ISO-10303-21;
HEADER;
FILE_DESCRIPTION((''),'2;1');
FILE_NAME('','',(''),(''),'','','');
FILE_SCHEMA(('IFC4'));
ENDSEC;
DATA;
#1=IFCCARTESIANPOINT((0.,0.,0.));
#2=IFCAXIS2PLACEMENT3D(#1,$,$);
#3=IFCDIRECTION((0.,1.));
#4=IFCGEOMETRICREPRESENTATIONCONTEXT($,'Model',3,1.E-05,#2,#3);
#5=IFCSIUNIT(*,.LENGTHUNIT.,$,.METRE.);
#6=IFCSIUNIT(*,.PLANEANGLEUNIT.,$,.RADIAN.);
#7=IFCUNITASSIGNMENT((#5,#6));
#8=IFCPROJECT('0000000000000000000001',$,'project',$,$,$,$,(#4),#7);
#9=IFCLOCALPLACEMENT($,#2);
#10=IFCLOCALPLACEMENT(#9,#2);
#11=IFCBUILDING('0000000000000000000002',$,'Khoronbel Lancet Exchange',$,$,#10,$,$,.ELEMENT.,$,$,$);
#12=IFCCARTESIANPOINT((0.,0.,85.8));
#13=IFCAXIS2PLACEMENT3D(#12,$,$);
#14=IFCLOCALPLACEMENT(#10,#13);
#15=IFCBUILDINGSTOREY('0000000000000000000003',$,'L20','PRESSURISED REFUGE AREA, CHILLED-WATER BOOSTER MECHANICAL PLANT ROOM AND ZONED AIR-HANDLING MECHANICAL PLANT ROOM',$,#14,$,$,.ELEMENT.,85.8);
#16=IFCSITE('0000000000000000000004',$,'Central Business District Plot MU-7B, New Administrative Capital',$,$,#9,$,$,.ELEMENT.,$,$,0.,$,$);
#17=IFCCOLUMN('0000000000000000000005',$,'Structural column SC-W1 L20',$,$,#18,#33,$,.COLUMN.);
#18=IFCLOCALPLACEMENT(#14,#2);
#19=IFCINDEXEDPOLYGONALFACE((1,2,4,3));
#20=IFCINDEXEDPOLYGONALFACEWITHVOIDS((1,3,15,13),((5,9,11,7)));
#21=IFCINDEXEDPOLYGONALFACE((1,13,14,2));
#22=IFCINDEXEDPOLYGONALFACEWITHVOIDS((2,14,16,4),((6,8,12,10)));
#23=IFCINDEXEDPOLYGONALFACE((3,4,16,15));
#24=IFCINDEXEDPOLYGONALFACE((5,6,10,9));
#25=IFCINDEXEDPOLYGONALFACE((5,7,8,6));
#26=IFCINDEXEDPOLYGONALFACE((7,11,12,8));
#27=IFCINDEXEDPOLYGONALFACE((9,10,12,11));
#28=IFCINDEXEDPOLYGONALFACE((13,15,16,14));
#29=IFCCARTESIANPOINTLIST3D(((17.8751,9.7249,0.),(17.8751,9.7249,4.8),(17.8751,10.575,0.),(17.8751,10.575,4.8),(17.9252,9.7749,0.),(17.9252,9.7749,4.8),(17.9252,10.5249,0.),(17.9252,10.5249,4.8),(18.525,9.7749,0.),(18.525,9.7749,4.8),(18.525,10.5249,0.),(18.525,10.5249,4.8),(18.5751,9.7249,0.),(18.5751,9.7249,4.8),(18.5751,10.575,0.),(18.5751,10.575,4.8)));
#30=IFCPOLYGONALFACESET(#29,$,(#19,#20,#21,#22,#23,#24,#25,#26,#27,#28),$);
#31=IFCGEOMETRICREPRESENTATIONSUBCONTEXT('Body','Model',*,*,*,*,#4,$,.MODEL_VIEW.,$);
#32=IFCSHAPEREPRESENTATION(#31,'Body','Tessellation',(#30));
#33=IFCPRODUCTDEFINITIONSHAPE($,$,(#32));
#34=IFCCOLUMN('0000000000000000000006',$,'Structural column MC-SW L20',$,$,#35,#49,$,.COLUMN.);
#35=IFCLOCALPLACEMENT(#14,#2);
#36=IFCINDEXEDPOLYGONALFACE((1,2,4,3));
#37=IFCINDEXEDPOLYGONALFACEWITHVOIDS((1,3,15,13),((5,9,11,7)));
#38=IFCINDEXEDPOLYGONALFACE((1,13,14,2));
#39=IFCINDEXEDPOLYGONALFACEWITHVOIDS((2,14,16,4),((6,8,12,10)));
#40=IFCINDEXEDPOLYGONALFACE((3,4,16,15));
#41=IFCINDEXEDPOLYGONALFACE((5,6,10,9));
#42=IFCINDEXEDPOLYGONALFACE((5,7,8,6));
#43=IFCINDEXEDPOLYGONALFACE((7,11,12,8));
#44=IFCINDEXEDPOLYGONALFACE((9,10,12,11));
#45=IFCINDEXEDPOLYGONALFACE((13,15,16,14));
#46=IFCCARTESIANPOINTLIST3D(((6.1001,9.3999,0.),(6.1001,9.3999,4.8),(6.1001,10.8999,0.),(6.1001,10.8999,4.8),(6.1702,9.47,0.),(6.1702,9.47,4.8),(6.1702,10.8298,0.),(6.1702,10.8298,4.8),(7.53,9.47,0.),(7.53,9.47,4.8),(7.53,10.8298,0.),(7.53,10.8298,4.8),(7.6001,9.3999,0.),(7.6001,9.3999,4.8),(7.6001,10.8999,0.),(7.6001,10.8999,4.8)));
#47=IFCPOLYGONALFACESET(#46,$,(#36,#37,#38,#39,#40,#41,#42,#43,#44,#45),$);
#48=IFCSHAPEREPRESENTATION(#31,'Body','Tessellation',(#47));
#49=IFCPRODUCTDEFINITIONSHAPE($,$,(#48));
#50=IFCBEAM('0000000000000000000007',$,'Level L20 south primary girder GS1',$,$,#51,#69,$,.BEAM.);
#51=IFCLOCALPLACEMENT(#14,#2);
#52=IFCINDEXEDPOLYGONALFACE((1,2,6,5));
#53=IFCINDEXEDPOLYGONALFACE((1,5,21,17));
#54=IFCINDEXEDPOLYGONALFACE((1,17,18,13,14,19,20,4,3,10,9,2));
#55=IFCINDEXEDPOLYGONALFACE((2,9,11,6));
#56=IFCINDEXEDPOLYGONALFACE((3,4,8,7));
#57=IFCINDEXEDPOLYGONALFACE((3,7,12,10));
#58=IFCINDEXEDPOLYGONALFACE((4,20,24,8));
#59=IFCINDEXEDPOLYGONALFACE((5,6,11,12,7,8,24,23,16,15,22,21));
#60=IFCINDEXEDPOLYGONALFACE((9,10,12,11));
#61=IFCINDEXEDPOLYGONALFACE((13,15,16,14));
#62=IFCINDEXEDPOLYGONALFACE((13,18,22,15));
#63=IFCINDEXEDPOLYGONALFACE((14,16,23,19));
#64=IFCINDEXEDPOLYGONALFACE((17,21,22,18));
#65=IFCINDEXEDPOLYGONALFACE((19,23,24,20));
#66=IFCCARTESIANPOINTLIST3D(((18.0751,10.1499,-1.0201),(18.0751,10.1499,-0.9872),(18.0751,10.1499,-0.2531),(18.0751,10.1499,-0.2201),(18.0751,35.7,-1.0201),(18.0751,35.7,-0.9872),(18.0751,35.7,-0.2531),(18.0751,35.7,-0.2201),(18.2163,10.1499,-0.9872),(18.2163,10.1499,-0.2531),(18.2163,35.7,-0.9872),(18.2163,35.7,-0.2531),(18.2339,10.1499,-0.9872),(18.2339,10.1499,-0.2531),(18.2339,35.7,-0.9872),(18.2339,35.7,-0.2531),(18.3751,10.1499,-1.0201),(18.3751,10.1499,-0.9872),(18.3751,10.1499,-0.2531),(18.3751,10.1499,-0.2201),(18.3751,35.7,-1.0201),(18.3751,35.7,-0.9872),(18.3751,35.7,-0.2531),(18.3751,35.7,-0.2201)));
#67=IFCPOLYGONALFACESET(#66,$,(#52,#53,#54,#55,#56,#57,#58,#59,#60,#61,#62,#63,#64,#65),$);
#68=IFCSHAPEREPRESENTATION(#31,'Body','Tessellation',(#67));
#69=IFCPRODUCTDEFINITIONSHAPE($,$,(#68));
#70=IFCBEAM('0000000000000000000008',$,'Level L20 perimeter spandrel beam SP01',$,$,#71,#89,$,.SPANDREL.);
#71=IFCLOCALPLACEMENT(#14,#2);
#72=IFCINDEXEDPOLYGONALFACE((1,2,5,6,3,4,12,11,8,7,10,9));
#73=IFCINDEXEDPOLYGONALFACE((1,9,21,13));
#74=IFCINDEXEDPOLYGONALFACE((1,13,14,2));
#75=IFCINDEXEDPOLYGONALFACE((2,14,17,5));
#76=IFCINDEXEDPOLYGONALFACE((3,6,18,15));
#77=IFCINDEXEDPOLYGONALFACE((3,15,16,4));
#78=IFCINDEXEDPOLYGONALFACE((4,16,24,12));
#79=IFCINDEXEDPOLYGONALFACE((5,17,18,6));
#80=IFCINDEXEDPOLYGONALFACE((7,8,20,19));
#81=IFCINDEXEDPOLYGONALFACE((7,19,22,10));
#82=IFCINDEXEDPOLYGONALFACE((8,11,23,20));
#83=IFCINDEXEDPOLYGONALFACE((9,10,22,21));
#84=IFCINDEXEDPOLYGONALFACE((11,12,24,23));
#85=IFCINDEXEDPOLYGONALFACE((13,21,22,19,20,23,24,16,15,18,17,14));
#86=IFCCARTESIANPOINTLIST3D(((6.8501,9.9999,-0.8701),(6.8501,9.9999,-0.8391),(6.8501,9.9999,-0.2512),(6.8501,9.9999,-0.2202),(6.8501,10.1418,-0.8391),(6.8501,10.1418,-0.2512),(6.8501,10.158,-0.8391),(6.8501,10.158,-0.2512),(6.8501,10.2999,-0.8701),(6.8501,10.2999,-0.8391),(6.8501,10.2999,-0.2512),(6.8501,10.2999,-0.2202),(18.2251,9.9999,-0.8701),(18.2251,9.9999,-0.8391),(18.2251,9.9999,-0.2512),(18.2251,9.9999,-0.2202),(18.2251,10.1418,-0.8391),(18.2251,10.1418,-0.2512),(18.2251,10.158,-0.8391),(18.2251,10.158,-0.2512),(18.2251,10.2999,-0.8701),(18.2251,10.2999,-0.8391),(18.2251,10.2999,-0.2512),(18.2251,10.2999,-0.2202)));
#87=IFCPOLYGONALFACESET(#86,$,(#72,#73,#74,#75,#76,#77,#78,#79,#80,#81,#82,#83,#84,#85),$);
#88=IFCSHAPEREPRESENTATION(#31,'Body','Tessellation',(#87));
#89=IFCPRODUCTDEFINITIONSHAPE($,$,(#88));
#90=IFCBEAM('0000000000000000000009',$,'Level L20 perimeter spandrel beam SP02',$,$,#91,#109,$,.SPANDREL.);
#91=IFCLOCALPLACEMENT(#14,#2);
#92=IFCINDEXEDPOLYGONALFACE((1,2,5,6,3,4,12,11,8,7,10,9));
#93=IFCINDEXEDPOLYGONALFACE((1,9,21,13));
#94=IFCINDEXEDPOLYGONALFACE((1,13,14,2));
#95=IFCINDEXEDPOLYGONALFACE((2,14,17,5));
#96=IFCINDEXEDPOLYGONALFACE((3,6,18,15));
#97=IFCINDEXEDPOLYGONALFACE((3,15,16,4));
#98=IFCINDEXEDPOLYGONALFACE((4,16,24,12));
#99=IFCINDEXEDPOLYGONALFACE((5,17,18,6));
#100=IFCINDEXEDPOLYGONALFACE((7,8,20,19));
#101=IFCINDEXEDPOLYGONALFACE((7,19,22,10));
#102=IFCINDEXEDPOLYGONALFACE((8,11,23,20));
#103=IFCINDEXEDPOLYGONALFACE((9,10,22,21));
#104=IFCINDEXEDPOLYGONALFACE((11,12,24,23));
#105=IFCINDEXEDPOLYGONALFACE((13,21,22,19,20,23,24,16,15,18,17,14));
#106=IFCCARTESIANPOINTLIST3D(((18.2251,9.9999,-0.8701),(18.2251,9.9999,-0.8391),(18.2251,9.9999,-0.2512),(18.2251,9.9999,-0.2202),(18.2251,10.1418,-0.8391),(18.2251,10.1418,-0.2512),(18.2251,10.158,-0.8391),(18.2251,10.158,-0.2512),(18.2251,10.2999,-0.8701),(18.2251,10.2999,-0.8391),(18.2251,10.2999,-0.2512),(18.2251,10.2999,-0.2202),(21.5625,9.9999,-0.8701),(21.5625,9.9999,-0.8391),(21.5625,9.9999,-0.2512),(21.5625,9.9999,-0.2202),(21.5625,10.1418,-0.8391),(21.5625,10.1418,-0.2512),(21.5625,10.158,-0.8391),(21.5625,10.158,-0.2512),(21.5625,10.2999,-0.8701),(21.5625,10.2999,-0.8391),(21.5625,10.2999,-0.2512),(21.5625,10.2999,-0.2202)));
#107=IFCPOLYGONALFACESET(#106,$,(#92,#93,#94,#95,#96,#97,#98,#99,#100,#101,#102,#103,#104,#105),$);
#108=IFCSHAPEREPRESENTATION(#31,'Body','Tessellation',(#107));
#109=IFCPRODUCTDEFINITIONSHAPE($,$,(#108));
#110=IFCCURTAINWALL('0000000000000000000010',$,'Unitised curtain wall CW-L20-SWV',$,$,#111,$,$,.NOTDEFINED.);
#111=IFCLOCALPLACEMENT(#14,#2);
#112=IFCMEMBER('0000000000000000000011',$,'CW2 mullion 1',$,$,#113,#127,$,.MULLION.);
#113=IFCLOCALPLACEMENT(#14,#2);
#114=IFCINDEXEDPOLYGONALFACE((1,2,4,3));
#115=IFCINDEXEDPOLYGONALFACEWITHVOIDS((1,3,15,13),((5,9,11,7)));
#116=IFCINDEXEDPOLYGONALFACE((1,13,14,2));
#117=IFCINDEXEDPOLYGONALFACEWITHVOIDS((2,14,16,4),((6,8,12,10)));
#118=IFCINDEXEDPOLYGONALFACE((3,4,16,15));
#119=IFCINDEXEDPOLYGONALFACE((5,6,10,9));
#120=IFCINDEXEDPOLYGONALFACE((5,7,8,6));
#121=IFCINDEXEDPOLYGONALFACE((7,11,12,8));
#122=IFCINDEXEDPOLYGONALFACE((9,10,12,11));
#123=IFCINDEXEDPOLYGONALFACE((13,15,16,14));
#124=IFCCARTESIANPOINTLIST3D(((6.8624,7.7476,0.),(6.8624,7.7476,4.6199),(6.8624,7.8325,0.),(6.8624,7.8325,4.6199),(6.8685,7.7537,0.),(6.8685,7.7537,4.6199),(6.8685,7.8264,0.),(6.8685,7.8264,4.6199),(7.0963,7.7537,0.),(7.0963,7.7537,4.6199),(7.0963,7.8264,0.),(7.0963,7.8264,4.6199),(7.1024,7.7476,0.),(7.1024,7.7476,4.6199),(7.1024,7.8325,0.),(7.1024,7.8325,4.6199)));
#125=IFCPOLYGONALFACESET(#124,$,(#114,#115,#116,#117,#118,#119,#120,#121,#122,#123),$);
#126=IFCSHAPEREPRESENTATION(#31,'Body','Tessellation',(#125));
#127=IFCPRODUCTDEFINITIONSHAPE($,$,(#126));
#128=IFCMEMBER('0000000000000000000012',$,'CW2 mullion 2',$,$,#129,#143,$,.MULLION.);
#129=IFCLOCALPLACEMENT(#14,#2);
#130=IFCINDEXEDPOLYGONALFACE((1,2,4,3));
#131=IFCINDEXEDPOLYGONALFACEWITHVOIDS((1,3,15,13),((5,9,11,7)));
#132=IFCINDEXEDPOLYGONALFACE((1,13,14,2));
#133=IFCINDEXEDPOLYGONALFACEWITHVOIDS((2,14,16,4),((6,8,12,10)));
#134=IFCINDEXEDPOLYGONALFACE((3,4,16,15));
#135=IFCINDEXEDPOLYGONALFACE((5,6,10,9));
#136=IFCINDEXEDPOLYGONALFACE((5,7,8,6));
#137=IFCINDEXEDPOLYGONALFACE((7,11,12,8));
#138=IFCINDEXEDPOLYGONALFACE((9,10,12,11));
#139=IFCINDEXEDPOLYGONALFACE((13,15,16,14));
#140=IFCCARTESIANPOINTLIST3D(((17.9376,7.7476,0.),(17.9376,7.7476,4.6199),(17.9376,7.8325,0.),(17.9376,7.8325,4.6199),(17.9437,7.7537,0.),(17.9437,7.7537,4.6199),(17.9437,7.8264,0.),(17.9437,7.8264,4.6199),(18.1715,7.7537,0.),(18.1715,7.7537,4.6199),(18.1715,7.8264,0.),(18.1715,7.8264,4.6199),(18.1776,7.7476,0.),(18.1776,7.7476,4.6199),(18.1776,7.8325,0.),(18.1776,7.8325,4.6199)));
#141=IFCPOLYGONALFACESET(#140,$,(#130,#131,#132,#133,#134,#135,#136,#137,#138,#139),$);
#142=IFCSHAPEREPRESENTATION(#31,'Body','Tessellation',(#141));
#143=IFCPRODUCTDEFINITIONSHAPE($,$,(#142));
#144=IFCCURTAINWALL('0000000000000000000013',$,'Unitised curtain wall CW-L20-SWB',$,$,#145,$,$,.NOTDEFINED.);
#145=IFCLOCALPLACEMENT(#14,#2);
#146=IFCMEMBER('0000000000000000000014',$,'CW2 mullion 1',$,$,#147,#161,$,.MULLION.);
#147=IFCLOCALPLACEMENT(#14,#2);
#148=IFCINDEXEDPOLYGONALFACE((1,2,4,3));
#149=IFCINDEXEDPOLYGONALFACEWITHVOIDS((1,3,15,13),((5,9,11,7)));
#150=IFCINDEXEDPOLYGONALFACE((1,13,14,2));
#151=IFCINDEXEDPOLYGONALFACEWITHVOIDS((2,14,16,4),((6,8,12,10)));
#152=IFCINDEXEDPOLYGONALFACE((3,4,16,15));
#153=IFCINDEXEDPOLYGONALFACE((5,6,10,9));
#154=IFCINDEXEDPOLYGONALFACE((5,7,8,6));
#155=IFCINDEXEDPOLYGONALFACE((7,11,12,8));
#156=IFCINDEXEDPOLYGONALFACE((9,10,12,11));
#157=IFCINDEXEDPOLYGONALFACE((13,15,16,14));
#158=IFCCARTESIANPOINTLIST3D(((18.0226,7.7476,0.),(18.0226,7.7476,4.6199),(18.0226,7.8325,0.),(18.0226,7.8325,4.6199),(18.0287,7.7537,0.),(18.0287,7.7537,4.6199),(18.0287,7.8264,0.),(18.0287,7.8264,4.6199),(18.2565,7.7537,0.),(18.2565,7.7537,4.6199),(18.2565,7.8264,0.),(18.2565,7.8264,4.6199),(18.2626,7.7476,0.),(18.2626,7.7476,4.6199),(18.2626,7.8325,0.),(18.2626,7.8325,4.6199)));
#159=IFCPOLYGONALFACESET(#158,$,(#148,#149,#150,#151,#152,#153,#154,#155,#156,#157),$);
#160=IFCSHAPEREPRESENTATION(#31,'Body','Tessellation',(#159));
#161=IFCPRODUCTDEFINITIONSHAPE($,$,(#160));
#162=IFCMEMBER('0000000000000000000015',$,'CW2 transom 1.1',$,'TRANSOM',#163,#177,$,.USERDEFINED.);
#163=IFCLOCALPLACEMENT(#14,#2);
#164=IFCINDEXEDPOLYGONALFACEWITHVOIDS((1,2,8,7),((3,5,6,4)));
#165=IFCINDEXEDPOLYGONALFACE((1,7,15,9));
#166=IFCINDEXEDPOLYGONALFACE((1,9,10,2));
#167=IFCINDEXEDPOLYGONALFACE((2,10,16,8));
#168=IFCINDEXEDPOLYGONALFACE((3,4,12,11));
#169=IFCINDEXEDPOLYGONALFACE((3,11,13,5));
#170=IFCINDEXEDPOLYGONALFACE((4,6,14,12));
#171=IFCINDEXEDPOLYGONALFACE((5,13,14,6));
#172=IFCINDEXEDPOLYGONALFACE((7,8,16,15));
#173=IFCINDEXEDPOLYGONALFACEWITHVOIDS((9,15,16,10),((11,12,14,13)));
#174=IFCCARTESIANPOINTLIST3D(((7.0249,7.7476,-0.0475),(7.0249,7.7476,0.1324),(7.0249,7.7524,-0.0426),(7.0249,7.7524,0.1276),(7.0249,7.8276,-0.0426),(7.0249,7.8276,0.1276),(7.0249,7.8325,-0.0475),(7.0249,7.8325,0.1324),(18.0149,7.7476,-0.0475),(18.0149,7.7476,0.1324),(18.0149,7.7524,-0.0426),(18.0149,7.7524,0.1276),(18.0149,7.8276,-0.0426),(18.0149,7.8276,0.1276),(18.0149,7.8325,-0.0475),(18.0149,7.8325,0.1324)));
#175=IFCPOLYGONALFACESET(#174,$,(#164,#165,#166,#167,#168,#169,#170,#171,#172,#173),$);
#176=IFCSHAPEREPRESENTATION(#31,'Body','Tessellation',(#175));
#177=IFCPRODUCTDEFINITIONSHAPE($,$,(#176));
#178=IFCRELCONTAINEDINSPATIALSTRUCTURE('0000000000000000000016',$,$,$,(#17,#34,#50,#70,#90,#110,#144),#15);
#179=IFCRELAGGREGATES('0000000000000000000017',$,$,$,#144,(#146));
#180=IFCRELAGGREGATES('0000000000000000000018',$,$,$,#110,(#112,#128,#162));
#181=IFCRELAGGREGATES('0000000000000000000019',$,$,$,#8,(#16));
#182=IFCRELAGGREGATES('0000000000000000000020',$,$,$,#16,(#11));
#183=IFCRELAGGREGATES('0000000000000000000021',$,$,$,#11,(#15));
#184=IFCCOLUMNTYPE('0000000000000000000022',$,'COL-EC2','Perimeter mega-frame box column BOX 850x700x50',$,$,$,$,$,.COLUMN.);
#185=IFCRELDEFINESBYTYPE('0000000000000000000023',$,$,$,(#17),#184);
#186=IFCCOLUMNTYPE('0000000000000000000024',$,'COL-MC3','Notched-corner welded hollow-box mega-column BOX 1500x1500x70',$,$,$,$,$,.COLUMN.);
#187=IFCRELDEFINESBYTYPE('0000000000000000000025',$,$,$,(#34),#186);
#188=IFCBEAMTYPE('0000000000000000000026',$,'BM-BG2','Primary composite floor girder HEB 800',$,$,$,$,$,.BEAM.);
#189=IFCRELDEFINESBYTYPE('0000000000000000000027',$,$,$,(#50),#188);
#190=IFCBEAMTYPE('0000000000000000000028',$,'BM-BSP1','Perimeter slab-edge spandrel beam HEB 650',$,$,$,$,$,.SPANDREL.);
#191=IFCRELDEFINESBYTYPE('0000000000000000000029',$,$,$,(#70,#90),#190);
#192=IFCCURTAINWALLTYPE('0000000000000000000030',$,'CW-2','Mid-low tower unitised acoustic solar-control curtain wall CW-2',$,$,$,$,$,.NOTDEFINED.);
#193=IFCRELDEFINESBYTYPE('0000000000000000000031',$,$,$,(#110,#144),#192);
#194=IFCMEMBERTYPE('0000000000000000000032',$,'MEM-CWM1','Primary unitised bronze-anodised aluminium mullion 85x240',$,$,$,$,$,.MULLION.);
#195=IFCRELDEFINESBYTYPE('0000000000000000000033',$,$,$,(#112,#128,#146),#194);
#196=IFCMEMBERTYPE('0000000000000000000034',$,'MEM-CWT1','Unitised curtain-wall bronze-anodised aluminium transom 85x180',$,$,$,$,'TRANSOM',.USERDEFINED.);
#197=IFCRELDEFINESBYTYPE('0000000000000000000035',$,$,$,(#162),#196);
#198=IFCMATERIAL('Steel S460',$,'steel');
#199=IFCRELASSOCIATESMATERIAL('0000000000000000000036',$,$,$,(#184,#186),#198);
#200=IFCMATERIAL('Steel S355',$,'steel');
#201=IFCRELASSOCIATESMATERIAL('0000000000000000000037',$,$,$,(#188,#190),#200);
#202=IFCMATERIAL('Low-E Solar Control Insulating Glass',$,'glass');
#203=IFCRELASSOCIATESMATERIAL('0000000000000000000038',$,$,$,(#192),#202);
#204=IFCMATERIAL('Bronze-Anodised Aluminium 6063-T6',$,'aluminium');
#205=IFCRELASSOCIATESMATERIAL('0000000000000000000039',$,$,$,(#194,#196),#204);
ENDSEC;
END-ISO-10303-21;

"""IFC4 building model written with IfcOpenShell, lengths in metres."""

from ifc_helpers import new_model, si_unit, direction, frame, origin, origin_2d, place, context, subcontext, project, spatial, hollow_rectangle, i_section, extrude, material, material_profile, profile_set, type_object, element, aggregate, save


model = new_model("IFC4")

# Units and contexts
model_context = context("Model", 3, precision=1e-05, world=origin(), true_north=direction((0.0, 1.0)))
body_context = subcontext(model_context, "Body", "Model", "MODEL_VIEW")
ifc_project = project(units=[si_unit("LENGTHUNIT", "METRE"), si_unit("PLANEANGLEUNIT", "RADIAN")], contexts=[model_context])

# Site, building, storey
site_placement = place(None, origin())
site = spatial("IfcSite", under=ifc_project, at=site_placement, Name="Central Business District Plot MU-7B, New Administrative Capital", CompositionType="ELEMENT", RefElevation=0.0)
building_placement = place(site_placement, origin())
building = spatial("IfcBuilding", under=site, at=building_placement, Name="Khoronbel Lancet Exchange", CompositionType="ELEMENT")
storey_placement = place(building_placement, frame((0.0, 0.0, 85.8)))
storey = spatial("IfcBuildingStorey", under=building, at=storey_placement, Name="L20", Description="PRESSURISED REFUGE AREA, CHILLED-WATER BOOSTER MECHANICAL PLANT ROOM AND ZONED AIR-HANDLING MECHANICAL PLANT ROOM", CompositionType="ELEMENT", Elevation=85.8)

# Columns
ifc_material_1 = material(Name="Steel S460", Category="steel")
ifc_material_profile_1 = material_profile(ifc_material_1, hollow_rectangle(XDim=0.7, YDim=0.8501, WallThickness=0.05, at=origin_2d()), Name="BOX 850x700x50")
ifc_profile_set_1 = profile_set([ifc_material_profile_1], Name="Steel S460")
column_type_1 = type_object("IfcColumnType", Name="COL-EC2", Description="Perimeter mega-frame box column BOX 850x700x50", PredefinedType="COLUMN", material=ifc_profile_set_1)
column_1_placement = place(storey_placement, frame((18.2251, 10.1499, 0.0), z_axis=(0.0, 0.0, 1.0), x_axis=(1.0, 0.0, 0.0)))
element("IfcColumn", 1, at=column_1_placement, inside=storey, type_object=column_type_1, Name="Structural column SC-W1 L20", PredefinedType="COLUMN", context=body_context, shape_type="SweptSolid", body=[
    extrude(hollow_rectangle(XDim=0.7, YDim=0.8501, WallThickness=0.05, at=origin_2d()), origin(), (0.0, 0.0, 1.0), 4.8),
])
ifc_material_profile_2 = material_profile(ifc_material_1, hollow_rectangle(XDim=1.5, YDim=1.5, WallThickness=0.0701, at=origin_2d()), Name="BOX 1500x1500x70")
ifc_profile_set_2 = profile_set([ifc_material_profile_2], Name="Steel S460")
column_type_2 = type_object("IfcColumnType", Name="COL-MC3", Description="Notched-corner welded hollow-box mega-column BOX 1500x1500x70", PredefinedType="COLUMN", material=ifc_profile_set_2)
column_2_placement = place(storey_placement, frame((6.8501, 10.1499, 0.0), z_axis=(0.0, 0.0, 1.0), x_axis=(1.0, 0.0, 0.0)))
element("IfcColumn", 2, at=column_2_placement, inside=storey, type_object=column_type_2, Name="Structural column MC-SW L20", PredefinedType="COLUMN", context=body_context, shape_type="SweptSolid", body=[
    extrude(hollow_rectangle(XDim=1.5, YDim=1.5, WallThickness=0.0701, at=origin_2d()), origin(), (0.0, 0.0, 1.0), 4.8),
])

# Beams
ifc_material_2 = material(Name="Steel S355", Category="steel")
ifc_material_profile_3 = material_profile(ifc_material_2, i_section(OverallWidth=0.3, OverallDepth=0.8, WebThickness=0.0176, FlangeThickness=0.033, at=origin_2d()), Name="HEB 800")
ifc_profile_set_3 = profile_set([ifc_material_profile_3], Name="Steel S355")
beam_type_1 = type_object("IfcBeamType", Name="BM-BG2", Description="Primary composite floor girder HEB 800", PredefinedType="BEAM", material=ifc_profile_set_3)
beam_1_placement = place(storey_placement, frame((18.2251, 10.1499, -0.6201), z_axis=(0.0, 1.0, 0.0), x_axis=(-1.0, 0.0, 0.0)))
element("IfcBeam", 3, at=beam_1_placement, inside=storey, type_object=beam_type_1, Name="Level L20 south primary girder GS1", PredefinedType="BEAM", context=body_context, shape_type="SweptSolid", body=[
    extrude(i_section(OverallWidth=0.3, OverallDepth=0.8, WebThickness=0.0176, FlangeThickness=0.033, at=origin_2d()), origin(), (0.0, 0.0, 1.0), 25.55),
])
ifc_material_profile_4 = material_profile(ifc_material_2, i_section(OverallWidth=0.3, OverallDepth=0.6499, WebThickness=0.0161, FlangeThickness=0.031, at=origin_2d()), Name="HEB 650")
ifc_profile_set_4 = profile_set([ifc_material_profile_4], Name="Steel S355")
beam_type_2 = type_object("IfcBeamType", Name="BM-BSP1", Description="Perimeter slab-edge spandrel beam HEB 650", PredefinedType="SPANDREL", material=ifc_profile_set_4)
beam_2_placement = place(storey_placement, frame((6.8501, 10.1499, -0.5452), z_axis=(1.0, 0.0, 0.0), x_axis=(0.0, 1.0, 0.0)))
element("IfcBeam", 4, at=beam_2_placement, inside=storey, type_object=beam_type_2, Name="Level L20 perimeter spandrel beam SP01", PredefinedType="SPANDREL", context=body_context, shape_type="SweptSolid", body=[
    extrude(i_section(OverallWidth=0.3, OverallDepth=0.6499, WebThickness=0.0161, FlangeThickness=0.031, at=origin_2d()), origin(), (0.0, 0.0, 1.0), 11.375),
])
beam_3_placement = place(storey_placement, frame((18.2251, 10.1499, -0.5452), z_axis=(1.0, 0.0, 0.0), x_axis=(0.0, 1.0, 0.0)))
element("IfcBeam", 5, at=beam_3_placement, inside=storey, type_object=beam_type_2, Name="Level L20 perimeter spandrel beam SP02", PredefinedType="SPANDREL", context=body_context, shape_type="SweptSolid", body=[
    extrude(i_section(OverallWidth=0.3, OverallDepth=0.6499, WebThickness=0.0161, FlangeThickness=0.031, at=origin_2d()), origin(), (0.0, 0.0, 1.0), 3.3374),
])

# Curtain wall, members
ifc_material_3 = material(Name="Low-E Solar Control Insulating Glass", Category="glass")
curtain_wall_type = type_object("IfcCurtainWallType", Name="CW-2", Description="Mid-low tower unitised acoustic solar-control curtain wall CW-2", PredefinedType="NOTDEFINED", material=ifc_material_3)
curtain_wall_1_placement = place(storey_placement, origin())
curtain_wall_1 = element("IfcCurtainWall", 6, at=curtain_wall_1_placement, inside=storey, type_object=curtain_wall_type, Name="Unitised curtain wall CW-L20-SWV", PredefinedType="NOTDEFINED")
ifc_material_4 = material(Name="Bronze-Anodised Aluminium 6063-T6", Category="aluminium")
ifc_material_profile_5 = material_profile(ifc_material_4, hollow_rectangle(XDim=0.085, YDim=0.24, WallThickness=0.0061, at=origin_2d()), Name="ALU MULLION 85x240")
ifc_profile_set_5 = profile_set([ifc_material_profile_5], Name="Bronze-Anodised Aluminium 6063-T6")
member_type_1 = type_object("IfcMemberType", Name="MEM-CWM1", Description="Primary unitised bronze-anodised aluminium mullion 85x240", PredefinedType="MULLION", material=ifc_profile_set_5)
member_1_placement = place(storey_placement, frame((6.9824, 7.79, 0.0), z_axis=(0.0, 0.0, 1.0), x_axis=(0.0, 1.0, 0.0)))
member_1 = element("IfcMember", 7, at=member_1_placement, type_object=member_type_1, Name="CW2 mullion 1", PredefinedType="MULLION", context=body_context, shape_type="SweptSolid", body=[
    extrude(hollow_rectangle(XDim=0.085, YDim=0.24, WallThickness=0.0061, at=origin_2d()), origin(), (0.0, 0.0, 1.0), 4.6199),
])
member_2_placement = place(storey_placement, frame((18.0576, 7.79, 0.0), z_axis=(0.0, 0.0, 1.0), x_axis=(0.0, 1.0, 0.0)))
member_2 = element("IfcMember", 8, at=member_2_placement, type_object=member_type_1, Name="CW2 mullion 2", PredefinedType="MULLION", context=body_context, shape_type="SweptSolid", body=[
    extrude(hollow_rectangle(XDim=0.085, YDim=0.24, WallThickness=0.0061, at=origin_2d()), origin(), (0.0, 0.0, 1.0), 4.6199),
])

# Curtain wall, member
curtain_wall_2_placement = place(storey_placement, origin())
curtain_wall_2 = element("IfcCurtainWall", 9, at=curtain_wall_2_placement, inside=storey, type_object=curtain_wall_type, Name="Unitised curtain wall CW-L20-SWB", PredefinedType="NOTDEFINED")
member_3_placement = place(storey_placement, frame((18.1426, 7.79, 0.0), z_axis=(0.0, 0.0, 1.0), x_axis=(0.0, 1.0, 0.0)))
member_3 = element("IfcMember", 10, at=member_3_placement, type_object=member_type_1, Name="CW2 mullion 1", PredefinedType="MULLION", context=body_context, shape_type="SweptSolid", body=[
    extrude(hollow_rectangle(XDim=0.085, YDim=0.24, WallThickness=0.0061, at=origin_2d()), origin(), (0.0, 0.0, 1.0), 4.6199),
])

# Member
ifc_material_profile_6 = material_profile(ifc_material_4, hollow_rectangle(XDim=0.085, YDim=0.1799, WallThickness=0.0049, at=origin_2d()), Name="ALU TRANSOM 85x180")
ifc_profile_set_6 = profile_set([ifc_material_profile_6], Name="Bronze-Anodised Aluminium 6063-T6")
member_type_2 = type_object("IfcMemberType", Name="MEM-CWT1", Description="Unitised curtain-wall bronze-anodised aluminium transom 85x180", ElementType="TRANSOM", PredefinedType="USERDEFINED", material=ifc_profile_set_6)
member_4_placement = place(storey_placement, frame((7.0249, 7.79, 0.0425), z_axis=(1.0, 0.0, 0.0), x_axis=(0.0, 1.0, 0.0)))
member_4 = element("IfcMember", 11, at=member_4_placement, type_object=member_type_2, Name="CW2 transom 1.1", ObjectType="TRANSOM", PredefinedType="USERDEFINED", context=body_context, shape_type="SweptSolid", body=[
    extrude(hollow_rectangle(XDim=0.085, YDim=0.1799, WallThickness=0.0049, at=origin_2d()), origin(), (0.0, 0.0, 1.0), 10.99),
])
aggregate(curtain_wall_2, [member_3])

aggregate(curtain_wall_1, [member_1, member_2, member_4])

save(model, "model.ifc")
